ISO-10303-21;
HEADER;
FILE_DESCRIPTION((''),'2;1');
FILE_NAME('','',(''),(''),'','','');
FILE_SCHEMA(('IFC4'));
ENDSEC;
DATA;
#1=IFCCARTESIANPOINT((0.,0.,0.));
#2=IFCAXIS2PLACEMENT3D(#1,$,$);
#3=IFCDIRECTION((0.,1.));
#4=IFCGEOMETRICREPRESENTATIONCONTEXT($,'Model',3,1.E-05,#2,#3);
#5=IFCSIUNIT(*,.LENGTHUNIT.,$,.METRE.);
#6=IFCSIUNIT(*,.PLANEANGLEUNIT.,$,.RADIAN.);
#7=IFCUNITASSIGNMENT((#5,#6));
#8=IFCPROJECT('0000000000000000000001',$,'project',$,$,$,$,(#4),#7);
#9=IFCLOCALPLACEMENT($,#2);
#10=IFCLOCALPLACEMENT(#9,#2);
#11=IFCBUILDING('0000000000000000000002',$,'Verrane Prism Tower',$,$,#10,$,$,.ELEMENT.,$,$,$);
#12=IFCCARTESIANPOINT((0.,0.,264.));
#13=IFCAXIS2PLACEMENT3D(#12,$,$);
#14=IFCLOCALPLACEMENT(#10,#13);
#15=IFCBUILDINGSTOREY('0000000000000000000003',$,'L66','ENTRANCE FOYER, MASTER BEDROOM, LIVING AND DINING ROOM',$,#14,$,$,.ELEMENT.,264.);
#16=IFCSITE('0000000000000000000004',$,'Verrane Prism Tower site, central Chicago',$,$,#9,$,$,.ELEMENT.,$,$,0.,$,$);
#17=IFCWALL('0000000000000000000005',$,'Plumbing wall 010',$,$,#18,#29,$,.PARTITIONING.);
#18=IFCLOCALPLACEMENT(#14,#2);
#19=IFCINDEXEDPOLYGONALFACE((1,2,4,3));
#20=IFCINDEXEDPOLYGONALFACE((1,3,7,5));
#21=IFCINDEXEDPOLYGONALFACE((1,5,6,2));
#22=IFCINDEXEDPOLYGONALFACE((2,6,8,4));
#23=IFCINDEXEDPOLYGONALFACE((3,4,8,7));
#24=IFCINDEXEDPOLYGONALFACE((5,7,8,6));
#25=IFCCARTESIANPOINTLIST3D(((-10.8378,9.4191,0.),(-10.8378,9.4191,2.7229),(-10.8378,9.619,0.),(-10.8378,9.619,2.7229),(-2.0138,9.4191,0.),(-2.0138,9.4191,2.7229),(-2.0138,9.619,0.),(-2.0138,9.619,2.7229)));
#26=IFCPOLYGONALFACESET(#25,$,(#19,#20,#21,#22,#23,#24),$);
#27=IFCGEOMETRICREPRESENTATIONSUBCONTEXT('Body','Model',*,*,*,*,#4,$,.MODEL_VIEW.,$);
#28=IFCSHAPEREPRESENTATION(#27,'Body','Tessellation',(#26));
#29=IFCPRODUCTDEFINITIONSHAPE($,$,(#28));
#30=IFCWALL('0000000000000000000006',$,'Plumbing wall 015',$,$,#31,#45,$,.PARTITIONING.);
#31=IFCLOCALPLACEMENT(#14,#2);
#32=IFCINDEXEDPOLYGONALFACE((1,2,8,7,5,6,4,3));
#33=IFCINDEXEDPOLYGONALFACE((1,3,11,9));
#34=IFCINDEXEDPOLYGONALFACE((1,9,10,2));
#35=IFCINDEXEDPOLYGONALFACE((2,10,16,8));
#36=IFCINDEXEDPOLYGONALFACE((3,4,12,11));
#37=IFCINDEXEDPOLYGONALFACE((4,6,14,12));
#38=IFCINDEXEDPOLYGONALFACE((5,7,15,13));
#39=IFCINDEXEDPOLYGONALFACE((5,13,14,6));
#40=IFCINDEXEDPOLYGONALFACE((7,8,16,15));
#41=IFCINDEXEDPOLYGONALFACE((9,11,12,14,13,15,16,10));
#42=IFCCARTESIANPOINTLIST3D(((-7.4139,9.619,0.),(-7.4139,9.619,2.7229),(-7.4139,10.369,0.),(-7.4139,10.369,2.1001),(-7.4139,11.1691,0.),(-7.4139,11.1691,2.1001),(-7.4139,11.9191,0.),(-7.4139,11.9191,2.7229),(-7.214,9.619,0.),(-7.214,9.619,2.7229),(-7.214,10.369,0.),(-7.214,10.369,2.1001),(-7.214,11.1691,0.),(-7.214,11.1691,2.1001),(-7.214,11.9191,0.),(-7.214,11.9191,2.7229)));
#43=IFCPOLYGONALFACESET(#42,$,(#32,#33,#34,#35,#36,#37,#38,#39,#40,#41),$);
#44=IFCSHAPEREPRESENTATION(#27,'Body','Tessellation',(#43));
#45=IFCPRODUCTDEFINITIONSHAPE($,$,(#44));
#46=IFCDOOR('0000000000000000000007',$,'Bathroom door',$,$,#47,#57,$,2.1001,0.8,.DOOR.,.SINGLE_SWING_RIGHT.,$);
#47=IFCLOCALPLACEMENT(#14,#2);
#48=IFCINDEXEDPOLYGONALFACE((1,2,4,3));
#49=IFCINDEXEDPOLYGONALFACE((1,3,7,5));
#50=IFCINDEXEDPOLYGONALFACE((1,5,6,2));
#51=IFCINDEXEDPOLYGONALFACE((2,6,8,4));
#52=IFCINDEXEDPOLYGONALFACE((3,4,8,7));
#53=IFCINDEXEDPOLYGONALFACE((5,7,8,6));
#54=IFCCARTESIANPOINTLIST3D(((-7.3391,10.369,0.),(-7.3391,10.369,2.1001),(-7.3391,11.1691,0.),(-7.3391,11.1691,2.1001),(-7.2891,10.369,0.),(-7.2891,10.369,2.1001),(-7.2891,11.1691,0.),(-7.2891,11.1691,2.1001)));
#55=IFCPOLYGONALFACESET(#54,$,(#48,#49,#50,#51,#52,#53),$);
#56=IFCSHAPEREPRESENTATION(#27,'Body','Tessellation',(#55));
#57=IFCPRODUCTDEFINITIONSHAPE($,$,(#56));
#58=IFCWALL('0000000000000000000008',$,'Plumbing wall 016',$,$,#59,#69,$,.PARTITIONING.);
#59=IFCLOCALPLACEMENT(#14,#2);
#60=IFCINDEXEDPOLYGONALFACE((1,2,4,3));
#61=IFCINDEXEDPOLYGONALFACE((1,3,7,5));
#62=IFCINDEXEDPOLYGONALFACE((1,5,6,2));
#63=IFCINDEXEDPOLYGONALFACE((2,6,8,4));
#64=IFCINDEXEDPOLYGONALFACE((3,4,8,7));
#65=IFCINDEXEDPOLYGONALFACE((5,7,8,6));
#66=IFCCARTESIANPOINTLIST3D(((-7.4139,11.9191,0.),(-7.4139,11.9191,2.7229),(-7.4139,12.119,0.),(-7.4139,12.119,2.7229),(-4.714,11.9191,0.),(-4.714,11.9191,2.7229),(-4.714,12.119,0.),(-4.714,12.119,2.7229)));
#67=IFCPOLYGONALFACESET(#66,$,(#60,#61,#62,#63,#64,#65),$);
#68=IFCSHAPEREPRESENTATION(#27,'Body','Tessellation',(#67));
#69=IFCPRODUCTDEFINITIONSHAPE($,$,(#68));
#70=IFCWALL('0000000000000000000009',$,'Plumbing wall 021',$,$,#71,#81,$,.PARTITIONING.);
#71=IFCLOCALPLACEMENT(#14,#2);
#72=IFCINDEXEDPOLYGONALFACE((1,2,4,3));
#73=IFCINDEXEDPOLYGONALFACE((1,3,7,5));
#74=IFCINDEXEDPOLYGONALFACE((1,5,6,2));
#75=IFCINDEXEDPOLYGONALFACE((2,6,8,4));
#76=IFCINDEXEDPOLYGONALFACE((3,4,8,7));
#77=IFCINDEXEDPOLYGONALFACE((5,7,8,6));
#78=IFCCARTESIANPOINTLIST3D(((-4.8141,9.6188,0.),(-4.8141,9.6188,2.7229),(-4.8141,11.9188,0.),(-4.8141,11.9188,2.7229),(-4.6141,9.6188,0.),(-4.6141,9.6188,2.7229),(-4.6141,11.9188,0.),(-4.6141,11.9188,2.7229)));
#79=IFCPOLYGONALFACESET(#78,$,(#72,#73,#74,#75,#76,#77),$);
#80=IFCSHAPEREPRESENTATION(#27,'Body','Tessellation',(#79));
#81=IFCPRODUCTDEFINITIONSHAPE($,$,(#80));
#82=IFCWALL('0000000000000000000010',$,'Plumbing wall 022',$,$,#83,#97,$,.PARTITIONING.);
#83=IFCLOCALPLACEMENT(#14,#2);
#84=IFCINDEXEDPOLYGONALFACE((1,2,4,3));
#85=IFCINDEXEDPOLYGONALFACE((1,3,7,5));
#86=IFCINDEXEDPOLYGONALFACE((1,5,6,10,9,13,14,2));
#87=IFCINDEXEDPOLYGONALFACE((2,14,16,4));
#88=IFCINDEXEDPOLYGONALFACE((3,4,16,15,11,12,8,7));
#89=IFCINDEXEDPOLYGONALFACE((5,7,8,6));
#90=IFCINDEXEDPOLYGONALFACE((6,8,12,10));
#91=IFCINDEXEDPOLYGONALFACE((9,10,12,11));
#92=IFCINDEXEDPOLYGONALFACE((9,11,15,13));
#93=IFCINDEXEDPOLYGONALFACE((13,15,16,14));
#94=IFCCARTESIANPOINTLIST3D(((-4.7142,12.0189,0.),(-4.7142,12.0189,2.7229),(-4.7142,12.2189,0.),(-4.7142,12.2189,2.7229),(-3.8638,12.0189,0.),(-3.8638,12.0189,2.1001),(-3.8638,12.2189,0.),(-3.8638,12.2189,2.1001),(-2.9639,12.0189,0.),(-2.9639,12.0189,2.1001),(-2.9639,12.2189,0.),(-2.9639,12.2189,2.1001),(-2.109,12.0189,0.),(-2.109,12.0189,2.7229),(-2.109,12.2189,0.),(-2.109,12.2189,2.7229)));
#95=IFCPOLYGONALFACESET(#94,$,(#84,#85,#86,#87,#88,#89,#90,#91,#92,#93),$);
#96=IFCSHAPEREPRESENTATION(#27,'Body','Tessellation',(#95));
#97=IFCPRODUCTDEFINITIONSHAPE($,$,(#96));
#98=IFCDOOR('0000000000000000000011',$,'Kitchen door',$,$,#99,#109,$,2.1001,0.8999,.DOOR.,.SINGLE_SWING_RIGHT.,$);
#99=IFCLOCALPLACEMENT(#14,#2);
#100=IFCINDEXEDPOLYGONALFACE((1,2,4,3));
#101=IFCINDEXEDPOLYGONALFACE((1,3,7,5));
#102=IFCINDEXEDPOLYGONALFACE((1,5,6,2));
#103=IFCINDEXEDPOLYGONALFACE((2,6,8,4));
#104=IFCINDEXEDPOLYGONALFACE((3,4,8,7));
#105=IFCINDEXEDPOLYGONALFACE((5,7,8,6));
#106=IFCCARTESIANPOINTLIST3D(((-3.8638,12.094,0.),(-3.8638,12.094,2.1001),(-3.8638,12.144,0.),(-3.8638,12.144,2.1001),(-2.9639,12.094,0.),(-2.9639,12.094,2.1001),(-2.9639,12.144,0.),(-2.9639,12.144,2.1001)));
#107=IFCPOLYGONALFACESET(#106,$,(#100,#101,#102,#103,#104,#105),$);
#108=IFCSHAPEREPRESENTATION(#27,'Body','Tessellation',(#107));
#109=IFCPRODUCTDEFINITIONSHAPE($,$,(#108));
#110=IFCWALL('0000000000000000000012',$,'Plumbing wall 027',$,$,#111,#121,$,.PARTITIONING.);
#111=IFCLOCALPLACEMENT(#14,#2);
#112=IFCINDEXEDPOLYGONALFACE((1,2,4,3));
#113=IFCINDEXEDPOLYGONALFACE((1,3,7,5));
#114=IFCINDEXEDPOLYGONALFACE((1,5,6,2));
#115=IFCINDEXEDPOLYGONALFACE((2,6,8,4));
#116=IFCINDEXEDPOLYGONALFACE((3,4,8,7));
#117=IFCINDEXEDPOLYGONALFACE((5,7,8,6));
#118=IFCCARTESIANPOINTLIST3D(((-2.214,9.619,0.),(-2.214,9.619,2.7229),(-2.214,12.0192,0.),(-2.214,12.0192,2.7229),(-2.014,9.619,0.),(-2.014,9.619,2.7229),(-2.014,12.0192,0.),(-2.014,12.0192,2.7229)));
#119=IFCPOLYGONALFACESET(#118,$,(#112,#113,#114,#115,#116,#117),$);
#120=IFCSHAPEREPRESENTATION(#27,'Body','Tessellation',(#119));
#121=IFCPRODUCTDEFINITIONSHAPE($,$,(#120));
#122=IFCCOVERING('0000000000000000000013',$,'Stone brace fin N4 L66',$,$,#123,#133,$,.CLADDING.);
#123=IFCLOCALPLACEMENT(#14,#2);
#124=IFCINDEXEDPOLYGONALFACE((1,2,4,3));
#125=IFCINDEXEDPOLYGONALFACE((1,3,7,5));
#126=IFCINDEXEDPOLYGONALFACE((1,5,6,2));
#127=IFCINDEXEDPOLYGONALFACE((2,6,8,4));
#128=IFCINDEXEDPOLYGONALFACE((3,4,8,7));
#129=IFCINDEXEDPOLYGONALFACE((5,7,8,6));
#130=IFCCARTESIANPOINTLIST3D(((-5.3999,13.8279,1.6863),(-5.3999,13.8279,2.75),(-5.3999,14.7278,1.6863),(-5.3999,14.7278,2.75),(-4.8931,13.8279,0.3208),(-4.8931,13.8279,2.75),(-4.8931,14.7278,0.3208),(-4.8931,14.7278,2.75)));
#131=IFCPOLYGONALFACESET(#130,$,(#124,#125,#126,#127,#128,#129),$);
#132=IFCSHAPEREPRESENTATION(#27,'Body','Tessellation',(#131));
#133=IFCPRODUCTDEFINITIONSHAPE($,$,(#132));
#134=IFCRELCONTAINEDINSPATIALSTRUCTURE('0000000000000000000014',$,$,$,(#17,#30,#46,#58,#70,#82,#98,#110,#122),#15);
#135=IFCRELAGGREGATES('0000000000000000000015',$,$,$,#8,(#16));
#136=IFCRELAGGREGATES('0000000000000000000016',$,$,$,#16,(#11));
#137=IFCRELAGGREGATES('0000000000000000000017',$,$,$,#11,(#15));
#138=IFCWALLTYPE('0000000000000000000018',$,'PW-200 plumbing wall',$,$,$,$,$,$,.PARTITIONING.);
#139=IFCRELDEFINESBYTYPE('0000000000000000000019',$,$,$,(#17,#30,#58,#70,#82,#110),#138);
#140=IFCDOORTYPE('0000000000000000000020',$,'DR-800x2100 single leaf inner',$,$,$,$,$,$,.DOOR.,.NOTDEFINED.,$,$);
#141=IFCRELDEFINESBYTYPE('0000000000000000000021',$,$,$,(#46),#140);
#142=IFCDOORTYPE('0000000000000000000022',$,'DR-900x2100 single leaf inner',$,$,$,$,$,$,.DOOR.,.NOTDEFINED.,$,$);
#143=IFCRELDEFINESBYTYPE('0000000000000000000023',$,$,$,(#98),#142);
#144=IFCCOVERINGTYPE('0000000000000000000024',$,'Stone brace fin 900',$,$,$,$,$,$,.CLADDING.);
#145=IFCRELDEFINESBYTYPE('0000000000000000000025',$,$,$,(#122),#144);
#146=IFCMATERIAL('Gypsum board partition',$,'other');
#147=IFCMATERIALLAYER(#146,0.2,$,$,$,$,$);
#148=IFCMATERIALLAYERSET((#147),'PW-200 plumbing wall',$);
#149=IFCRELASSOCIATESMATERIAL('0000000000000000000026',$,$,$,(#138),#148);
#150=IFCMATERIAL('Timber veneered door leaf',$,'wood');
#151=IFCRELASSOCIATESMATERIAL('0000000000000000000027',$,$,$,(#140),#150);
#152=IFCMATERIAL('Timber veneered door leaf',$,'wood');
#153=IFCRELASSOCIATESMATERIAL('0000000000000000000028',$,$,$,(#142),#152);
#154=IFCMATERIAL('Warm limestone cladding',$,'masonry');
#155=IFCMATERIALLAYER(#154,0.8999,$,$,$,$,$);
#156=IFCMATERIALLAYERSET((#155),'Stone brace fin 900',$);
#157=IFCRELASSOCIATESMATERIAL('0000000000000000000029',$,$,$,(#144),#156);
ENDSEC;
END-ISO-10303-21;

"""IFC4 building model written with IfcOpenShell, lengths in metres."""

from ifc_helpers import new_model, si_unit, direction, frame, frame_2d, origin, place, context, subcontext, project, spatial, polyline, rectangle, outline, extrude, material, layer, layer_set, type_object, element, fill, save


model = new_model("IFC4")

# Units and contexts
model_context = context("Model", 3, precision=1e-05, world=origin(), true_north=direction((0.0, 1.0)))
body_context = subcontext(model_context, "Body", "Model", "MODEL_VIEW")
ifc_project = project(units=[si_unit("LENGTHUNIT", "METRE"), si_unit("PLANEANGLEUNIT", "RADIAN")], contexts=[model_context])

# Site, building, storey
site_placement = place(None, origin())
site = spatial("IfcSite", under=ifc_project, at=site_placement, Name="Verrane Prism Tower site, central Chicago", CompositionType="ELEMENT", RefElevation=0.0)
building_placement = place(site_placement, origin())
building = spatial("IfcBuilding", under=site, at=building_placement, Name="Verrane Prism Tower", CompositionType="ELEMENT")
storey_placement = place(building_placement, frame((0.0, 0.0, 264.0)))
storey = spatial("IfcBuildingStorey", under=building, at=storey_placement, Name="L66", Description="ENTRANCE FOYER, MASTER BEDROOM, LIVING AND DINING ROOM", CompositionType="ELEMENT", Elevation=264.0)

# Wall
ifc_material_1 = material(Name="Gypsum board partition", Category="other")
ifc_layer_1 = layer(ifc_material_1, 0.2)
ifc_layer_set_1 = layer_set([ifc_layer_1], Name="PW-200 plumbing wall")
wall_type_1 = type_object("IfcWallType", Name="PW-200 plumbing wall", PredefinedType="PARTITIONING", material=ifc_layer_set_1)
wall_1_placement = place(storey_placement, frame((-10.8379, 9.519, 0.0), z_axis=(0.0, 0.0, 1.0), x_axis=(1.0, 0.0, 0.0)))
element("IfcWall", 1, at=wall_1_placement, inside=storey, type_object=wall_type_1, Name="Plumbing wall 010", PredefinedType="PARTITIONING", context=body_context, shape_type="SweptSolid", body=[
    extrude(rectangle(XDim=8.824, YDim=0.2, at=frame_2d((4.4121, 0.0))), origin(), (0.0, 0.0, 1.0), 2.7229),
])

# Wall, opening, door
wall_2_placement = place(storey_placement, frame((-7.314, 11.9189, 0.0), z_axis=(0.0, 0.0, 1.0), x_axis=(0.0, -1.0, 0.0)))
wall_2 = element("IfcWall", 2, at=wall_2_placement, inside=storey, type_object=wall_type_1, Name="Plumbing wall 015", PredefinedType="PARTITIONING", context=body_context, shape_type="SweptSolid", body=[
    extrude(rectangle(XDim=2.3, YDim=0.2, at=frame_2d((1.1499, 0.0))), origin(), (0.0, 0.0, 1.0), 2.7229),
])
opening_1_placement = place(wall_2_placement, frame((0.75, 0.0, 0.0)))
opening_1 = element("IfcOpeningElement", 3, at=opening_1_placement, cuts=wall_2, PredefinedType="OPENING", context=body_context, shape_type="SweptSolid", body=[
    extrude(rectangle(XDim=0.8, YDim=2.1001, at=frame_2d((0.3999, 1.05))), frame((0.0, 0.1099, 0.0), z_axis=(0.0, -1.0, 0.0), x_axis=(1.0, 0.0, 0.0)), (0.0, 0.0, 1.0), 0.22),
])
ifc_material_2 = material(Name="Timber veneered door leaf", Category="wood")
door_type_1 = type_object("IfcDoorType", Name="DR-800x2100 single leaf inner", OperationType="NOTDEFINED", PredefinedType="DOOR", material=ifc_material_2)
door_1_placement = place(opening_1_placement, origin())
door_1 = element("IfcDoor", 4, at=door_1_placement, inside=storey, type_object=door_type_1, Name="Bathroom door", OperationType="SINGLE_SWING_RIGHT", OverallHeight=2.1001, OverallWidth=0.8, PredefinedType="DOOR", context=body_context, shape_type="SweptSolid", body=[
    extrude(rectangle(XDim=0.8, YDim=2.1001, at=frame_2d((0.3999, 1.05))), frame((0.0, 0.0249, 0.0), z_axis=(0.0, -1.0, 0.0), x_axis=(1.0, 0.0, 0.0)), (0.0, 0.0, 1.0), 0.05),
])
fill(opening_1, door_1)

# Walls
wall_3_placement = place(storey_placement, frame((-7.4141, 12.019, 0.0), z_axis=(0.0, 0.0, 1.0), x_axis=(1.0, 0.0, 0.0)))
element("IfcWall", 5, at=wall_3_placement, inside=storey, type_object=wall_type_1, Name="Plumbing wall 016", PredefinedType="PARTITIONING", context=body_context, shape_type="SweptSolid", body=[
    extrude(rectangle(XDim=2.7, YDim=0.2, at=frame_2d((1.3501, 0.0))), origin(), (0.0, 0.0, 1.0), 2.7229),
])
wall_4_placement = place(storey_placement, frame((-4.7141, 9.6189, 0.0), z_axis=(0.0, 0.0, 1.0), x_axis=(0.0, 1.0, 0.0)))
element("IfcWall", 6, at=wall_4_placement, inside=storey, type_object=wall_type_1, Name="Plumbing wall 021", PredefinedType="PARTITIONING", context=body_context, shape_type="SweptSolid", body=[
    extrude(rectangle(XDim=2.3, YDim=0.2, at=frame_2d((1.1499, 0.0))), origin(), (0.0, 0.0, 1.0), 2.7229),
])

# Wall, opening, door
wall_5_placement = place(storey_placement, frame((-2.1089, 12.1189, 0.0), z_axis=(0.0, 0.0, 1.0), x_axis=(-1.0, 0.0, 0.0)))
wall_5 = element("IfcWall", 7, at=wall_5_placement, inside=storey, type_object=wall_type_1, Name="Plumbing wall 022", PredefinedType="PARTITIONING", context=body_context, shape_type="SweptSolid", body=[
    extrude(rectangle(XDim=2.6052, YDim=0.2, at=frame_2d((1.3027, 0.0))), origin(), (0.0, 0.0, 1.0), 2.7229),
])
opening_2_placement = place(wall_5_placement, frame((0.855, 0.0, 0.0)))
opening_2 = element("IfcOpeningElement", 8, at=opening_2_placement, cuts=wall_5, PredefinedType="OPENING", context=body_context, shape_type="SweptSolid", body=[
    extrude(rectangle(XDim=0.8999, YDim=2.1001, at=frame_2d((0.45, 1.05))), frame((0.0, 0.1099, 0.0), z_axis=(0.0, -1.0, 0.0), x_axis=(1.0, 0.0, 0.0)), (0.0, 0.0, 1.0), 0.22),
])
ifc_material_3 = material(Name="Timber veneered door leaf", Category="wood")
door_type_2 = type_object("IfcDoorType", Name="DR-900x2100 single leaf inner", OperationType="NOTDEFINED", PredefinedType="DOOR", material=ifc_material_3)
door_2_placement = place(opening_2_placement, origin())
door_2 = element("IfcDoor", 9, at=door_2_placement, inside=storey, type_object=door_type_2, Name="Kitchen door", OperationType="SINGLE_SWING_RIGHT", OverallHeight=2.1001, OverallWidth=0.8999, PredefinedType="DOOR", context=body_context, shape_type="SweptSolid", body=[
    extrude(rectangle(XDim=0.8999, YDim=2.1001, at=frame_2d((0.45, 1.05))), frame((0.0, 0.0249, 0.0), z_axis=(0.0, -1.0, 0.0), x_axis=(1.0, 0.0, 0.0)), (0.0, 0.0, 1.0), 0.05),
])
fill(opening_2, door_2)

# Wall
wall_6_placement = place(storey_placement, frame((-2.114, 9.6189, 0.0), z_axis=(0.0, 0.0, 1.0), x_axis=(0.0, 1.0, 0.0)))
element("IfcWall", 10, at=wall_6_placement, inside=storey, type_object=wall_type_1, Name="Plumbing wall 027", PredefinedType="PARTITIONING", context=body_context, shape_type="SweptSolid", body=[
    extrude(rectangle(XDim=2.4001, YDim=0.2, at=frame_2d((1.2002, 0.0))), origin(), (0.0, 0.0, 1.0), 2.7229),
])

# Covering
ifc_material_4 = material(Name="Warm limestone cladding", Category="masonry")
ifc_layer_2 = layer(ifc_material_4, 0.8999)
ifc_layer_set_2 = layer_set([ifc_layer_2], Name="Stone brace fin 900")
covering_type = type_object("IfcCoveringType", Name="Stone brace fin 900", PredefinedType="CLADDING", material=ifc_layer_set_2)
covering_placement = place(storey_placement, frame((-4.8931, 14.2778, 0.3208), z_axis=(0.0, 0.0, 1.0), x_axis=(-1.0, 0.0, 0.0)))
element("IfcCovering", 11, at=covering_placement, inside=storey, type_object=covering_type, Name="Stone brace fin N4 L66", PredefinedType="CLADDING", context=body_context, shape_type="SweptSolid", body=[
    extrude(outline(polyline([(0.5068, 2.4292), (0.0, 2.4292), (0.0, 0.0), (0.5068, 1.3655), (0.5068, 2.4292)])), frame((0.0, 0.45, 0.0), z_axis=(0.0, -1.0, 0.0), x_axis=(1.0, 0.0, 0.0)), (0.0, 0.0, 1.0), 0.8999),
])

save(model, "model.ifc")
